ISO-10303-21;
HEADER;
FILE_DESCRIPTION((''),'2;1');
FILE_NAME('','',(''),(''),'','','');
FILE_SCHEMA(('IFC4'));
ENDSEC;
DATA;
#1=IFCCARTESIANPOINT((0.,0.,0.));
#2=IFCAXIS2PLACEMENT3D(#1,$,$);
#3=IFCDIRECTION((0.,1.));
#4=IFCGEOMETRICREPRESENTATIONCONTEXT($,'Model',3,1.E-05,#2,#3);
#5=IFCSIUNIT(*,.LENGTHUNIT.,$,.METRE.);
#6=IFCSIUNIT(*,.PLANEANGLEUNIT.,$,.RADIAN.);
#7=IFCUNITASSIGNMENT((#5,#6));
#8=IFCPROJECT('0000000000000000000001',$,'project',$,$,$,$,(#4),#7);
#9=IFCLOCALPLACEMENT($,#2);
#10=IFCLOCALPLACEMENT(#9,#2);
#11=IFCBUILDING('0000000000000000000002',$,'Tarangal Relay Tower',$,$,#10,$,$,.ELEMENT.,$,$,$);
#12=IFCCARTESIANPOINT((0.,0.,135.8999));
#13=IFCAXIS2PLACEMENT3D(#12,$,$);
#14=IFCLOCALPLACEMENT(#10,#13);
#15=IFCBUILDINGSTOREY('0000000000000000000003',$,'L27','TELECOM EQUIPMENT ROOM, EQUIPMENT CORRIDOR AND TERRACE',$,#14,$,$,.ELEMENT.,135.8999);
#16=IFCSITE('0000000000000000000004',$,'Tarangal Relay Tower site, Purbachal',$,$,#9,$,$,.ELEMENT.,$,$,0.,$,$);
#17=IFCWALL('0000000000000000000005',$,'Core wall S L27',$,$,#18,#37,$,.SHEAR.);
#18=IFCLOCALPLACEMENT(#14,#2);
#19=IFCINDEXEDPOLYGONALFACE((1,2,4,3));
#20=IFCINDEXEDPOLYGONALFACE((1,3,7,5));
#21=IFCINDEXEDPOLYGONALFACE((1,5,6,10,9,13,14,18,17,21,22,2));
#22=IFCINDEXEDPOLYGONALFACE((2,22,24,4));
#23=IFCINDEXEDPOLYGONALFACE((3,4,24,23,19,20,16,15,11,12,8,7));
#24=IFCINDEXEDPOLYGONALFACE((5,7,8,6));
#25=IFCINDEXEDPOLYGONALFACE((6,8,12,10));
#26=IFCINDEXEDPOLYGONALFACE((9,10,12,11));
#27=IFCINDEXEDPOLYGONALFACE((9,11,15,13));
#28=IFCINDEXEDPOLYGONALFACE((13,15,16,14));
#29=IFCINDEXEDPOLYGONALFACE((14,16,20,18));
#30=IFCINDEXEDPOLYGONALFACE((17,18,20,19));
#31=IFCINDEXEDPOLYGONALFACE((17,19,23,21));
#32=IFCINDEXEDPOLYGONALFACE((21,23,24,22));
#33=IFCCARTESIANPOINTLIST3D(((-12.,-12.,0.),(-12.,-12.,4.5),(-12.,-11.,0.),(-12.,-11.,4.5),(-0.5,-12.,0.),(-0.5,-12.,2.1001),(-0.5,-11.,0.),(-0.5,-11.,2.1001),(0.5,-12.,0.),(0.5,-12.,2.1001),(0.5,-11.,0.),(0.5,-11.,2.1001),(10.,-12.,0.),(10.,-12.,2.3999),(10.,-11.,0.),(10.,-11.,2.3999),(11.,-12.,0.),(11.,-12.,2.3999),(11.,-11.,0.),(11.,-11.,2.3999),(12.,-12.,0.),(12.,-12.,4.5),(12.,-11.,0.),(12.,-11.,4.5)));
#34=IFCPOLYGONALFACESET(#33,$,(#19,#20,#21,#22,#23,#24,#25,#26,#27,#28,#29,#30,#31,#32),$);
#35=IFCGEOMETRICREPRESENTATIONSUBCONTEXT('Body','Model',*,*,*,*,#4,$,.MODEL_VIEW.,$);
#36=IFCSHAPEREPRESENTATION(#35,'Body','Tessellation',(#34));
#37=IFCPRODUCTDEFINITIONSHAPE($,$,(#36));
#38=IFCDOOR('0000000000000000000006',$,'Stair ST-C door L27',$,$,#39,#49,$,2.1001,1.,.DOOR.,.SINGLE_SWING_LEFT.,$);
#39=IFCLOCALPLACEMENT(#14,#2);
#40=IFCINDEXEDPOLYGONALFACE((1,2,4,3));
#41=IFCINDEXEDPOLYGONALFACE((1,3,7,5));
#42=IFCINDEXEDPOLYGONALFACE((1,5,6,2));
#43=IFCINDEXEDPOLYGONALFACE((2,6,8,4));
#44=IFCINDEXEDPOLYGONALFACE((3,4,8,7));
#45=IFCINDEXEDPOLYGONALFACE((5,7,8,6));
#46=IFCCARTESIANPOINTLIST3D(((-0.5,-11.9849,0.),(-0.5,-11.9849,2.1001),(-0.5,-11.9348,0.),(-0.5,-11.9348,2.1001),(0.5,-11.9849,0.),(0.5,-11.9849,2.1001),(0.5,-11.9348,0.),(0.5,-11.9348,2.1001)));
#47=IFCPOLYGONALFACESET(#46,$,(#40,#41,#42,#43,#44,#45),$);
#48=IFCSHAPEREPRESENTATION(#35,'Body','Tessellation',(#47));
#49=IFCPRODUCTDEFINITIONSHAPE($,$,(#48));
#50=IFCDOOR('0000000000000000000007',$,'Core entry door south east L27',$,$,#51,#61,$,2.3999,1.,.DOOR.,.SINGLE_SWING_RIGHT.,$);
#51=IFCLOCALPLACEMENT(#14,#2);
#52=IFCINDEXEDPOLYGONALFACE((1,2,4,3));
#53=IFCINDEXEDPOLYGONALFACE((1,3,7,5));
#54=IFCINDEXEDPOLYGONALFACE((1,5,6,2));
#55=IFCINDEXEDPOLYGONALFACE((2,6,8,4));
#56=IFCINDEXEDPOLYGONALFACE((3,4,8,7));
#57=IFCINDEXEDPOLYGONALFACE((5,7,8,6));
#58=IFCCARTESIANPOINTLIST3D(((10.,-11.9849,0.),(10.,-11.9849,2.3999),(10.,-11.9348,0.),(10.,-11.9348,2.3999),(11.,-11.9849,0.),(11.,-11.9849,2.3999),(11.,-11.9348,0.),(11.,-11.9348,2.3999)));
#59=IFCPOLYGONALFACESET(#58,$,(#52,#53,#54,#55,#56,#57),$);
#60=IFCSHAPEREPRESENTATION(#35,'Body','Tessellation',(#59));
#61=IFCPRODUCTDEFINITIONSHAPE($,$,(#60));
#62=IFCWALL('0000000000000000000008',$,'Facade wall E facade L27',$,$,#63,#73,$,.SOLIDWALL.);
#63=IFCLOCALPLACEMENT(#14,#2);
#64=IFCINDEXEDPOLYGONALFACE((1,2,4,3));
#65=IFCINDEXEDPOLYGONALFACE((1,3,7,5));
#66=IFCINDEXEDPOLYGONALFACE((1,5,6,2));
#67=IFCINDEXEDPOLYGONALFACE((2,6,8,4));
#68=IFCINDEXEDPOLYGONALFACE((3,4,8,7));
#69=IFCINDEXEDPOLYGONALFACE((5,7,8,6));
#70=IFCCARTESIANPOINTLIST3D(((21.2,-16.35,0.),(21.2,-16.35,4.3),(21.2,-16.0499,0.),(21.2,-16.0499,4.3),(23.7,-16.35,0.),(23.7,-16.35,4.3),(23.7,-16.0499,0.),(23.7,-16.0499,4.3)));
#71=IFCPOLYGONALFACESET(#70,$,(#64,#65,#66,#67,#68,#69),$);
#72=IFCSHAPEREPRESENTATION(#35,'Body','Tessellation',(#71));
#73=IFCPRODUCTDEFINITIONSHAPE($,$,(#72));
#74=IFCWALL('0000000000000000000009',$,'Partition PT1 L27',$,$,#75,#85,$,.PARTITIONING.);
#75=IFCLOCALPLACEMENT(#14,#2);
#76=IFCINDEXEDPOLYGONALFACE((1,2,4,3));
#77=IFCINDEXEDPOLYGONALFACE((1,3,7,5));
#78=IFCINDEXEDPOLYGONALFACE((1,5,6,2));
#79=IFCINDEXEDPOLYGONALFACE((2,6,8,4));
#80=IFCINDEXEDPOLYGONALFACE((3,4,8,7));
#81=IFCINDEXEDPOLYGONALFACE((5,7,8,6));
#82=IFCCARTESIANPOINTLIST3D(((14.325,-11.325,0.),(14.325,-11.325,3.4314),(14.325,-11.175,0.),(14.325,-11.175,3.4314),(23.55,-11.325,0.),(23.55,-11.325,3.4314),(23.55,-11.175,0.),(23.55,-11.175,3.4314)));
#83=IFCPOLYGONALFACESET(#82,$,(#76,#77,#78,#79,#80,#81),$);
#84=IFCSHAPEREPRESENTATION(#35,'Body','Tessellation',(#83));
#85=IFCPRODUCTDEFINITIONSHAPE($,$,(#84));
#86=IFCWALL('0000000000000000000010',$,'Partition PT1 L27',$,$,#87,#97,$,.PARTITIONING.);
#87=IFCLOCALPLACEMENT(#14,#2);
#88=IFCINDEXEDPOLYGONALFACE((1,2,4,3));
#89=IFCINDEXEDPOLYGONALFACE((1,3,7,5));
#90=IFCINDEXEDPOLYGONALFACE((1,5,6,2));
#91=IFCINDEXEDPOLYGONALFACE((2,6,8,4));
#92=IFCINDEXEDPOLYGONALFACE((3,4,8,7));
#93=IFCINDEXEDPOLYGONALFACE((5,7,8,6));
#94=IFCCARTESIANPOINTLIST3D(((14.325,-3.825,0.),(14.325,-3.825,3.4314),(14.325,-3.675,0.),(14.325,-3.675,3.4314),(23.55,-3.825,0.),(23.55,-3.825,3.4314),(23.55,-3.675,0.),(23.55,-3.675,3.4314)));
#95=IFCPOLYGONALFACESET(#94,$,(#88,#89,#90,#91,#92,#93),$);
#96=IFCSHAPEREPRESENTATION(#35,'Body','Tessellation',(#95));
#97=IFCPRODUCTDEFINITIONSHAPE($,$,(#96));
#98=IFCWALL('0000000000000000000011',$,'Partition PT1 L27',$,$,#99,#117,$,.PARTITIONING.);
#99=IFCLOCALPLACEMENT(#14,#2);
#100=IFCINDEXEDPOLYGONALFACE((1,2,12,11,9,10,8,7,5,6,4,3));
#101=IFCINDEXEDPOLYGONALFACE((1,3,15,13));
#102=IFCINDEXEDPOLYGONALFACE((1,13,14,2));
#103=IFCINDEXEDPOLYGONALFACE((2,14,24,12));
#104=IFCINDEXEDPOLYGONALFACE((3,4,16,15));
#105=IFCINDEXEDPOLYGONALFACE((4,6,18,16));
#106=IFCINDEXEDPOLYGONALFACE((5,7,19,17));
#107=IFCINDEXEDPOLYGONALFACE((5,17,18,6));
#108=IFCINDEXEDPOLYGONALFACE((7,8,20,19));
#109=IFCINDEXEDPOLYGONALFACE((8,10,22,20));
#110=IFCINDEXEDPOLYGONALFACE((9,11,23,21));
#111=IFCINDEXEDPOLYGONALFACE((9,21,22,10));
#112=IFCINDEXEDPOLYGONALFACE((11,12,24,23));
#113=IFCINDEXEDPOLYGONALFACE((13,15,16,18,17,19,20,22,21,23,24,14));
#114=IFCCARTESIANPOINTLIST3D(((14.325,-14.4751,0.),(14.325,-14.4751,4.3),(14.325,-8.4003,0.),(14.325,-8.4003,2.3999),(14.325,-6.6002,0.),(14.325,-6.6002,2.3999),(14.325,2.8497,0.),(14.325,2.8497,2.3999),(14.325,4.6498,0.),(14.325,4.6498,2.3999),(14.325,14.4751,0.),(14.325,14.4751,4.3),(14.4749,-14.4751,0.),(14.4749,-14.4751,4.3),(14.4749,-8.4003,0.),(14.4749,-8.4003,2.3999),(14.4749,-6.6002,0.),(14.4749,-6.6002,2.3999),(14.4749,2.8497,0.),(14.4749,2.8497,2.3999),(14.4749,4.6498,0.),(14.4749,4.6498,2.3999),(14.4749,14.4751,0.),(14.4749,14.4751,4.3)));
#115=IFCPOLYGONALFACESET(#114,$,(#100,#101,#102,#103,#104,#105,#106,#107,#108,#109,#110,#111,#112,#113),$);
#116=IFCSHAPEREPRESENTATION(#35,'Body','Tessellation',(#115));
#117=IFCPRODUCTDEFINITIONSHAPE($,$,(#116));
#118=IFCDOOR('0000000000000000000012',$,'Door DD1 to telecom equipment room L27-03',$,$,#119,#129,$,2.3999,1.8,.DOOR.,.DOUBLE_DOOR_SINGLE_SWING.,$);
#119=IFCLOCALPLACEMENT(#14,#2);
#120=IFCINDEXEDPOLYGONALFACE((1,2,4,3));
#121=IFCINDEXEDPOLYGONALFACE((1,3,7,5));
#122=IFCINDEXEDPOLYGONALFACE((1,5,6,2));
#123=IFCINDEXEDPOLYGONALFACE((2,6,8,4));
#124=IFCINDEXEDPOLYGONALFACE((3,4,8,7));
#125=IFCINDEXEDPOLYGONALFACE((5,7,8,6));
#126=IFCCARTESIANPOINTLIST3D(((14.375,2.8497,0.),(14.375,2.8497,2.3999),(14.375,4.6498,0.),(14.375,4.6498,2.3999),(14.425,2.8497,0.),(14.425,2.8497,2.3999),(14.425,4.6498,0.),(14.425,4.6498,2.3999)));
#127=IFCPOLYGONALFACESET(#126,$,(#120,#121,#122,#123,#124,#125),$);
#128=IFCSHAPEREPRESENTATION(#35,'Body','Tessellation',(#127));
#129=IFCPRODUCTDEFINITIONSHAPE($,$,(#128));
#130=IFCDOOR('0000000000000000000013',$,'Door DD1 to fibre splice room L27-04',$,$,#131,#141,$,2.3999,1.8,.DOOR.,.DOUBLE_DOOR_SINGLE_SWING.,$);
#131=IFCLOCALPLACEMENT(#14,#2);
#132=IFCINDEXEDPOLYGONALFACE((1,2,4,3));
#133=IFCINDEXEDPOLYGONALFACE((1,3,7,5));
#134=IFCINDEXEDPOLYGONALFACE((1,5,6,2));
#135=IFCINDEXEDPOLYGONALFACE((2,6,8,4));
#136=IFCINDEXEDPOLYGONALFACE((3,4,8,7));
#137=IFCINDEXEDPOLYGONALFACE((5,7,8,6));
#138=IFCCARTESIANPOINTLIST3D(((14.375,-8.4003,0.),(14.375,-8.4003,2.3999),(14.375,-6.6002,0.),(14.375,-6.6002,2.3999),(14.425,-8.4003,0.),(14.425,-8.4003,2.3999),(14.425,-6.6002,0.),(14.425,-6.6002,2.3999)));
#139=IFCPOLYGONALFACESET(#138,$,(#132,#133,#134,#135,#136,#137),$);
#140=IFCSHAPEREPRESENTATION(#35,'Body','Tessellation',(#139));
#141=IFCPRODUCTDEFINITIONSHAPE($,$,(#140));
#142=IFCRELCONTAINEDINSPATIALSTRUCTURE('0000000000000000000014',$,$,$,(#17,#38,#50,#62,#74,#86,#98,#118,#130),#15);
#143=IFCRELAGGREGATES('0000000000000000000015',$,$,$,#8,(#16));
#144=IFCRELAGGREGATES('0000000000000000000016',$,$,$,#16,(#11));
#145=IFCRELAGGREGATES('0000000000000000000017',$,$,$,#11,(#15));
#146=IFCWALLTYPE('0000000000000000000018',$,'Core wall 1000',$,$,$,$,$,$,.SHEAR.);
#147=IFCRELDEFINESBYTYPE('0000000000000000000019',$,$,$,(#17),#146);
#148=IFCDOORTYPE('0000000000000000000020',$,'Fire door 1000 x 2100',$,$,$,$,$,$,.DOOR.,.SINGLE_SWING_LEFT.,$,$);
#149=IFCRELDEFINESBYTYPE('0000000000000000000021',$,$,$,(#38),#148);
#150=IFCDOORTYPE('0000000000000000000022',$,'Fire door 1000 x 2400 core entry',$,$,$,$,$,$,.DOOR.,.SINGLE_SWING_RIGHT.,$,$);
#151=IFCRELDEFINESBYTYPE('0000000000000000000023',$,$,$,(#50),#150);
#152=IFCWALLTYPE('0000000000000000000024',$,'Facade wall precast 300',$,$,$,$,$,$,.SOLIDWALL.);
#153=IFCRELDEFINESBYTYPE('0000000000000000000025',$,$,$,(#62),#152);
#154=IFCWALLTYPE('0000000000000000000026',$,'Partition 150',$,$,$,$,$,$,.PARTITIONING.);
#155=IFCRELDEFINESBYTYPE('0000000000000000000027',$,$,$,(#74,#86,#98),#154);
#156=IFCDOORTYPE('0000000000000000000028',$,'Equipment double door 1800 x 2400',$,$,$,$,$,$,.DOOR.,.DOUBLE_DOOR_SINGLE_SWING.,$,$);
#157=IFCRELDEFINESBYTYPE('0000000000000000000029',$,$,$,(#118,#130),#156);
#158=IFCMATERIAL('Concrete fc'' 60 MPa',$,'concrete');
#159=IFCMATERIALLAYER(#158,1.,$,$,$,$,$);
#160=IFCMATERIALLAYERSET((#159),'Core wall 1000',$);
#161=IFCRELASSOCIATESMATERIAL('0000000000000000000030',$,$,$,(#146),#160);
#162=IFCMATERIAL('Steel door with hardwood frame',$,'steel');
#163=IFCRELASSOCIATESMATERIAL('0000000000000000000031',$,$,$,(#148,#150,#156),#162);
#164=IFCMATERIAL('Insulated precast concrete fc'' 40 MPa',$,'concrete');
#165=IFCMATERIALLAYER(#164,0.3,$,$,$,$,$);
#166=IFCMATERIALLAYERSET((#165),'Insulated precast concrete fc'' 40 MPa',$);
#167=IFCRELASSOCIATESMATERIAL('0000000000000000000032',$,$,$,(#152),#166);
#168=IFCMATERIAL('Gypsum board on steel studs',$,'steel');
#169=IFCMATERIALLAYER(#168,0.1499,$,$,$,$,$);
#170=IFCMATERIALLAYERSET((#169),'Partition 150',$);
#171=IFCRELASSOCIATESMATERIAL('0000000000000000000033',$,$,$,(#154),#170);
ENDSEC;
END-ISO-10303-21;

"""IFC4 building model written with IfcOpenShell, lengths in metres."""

from ifc_helpers import new_model, si_unit, direction, frame, frame_2d, origin, place, context, subcontext, project, spatial, rectangle, extrude, material, layer, layer_set, type_object, element, fill, save


model = new_model("IFC4")

# Units and contexts
model_context = context("Model", 3, precision=1e-05, world=origin(), true_north=direction((0.0, 1.0)))
body_context = subcontext(model_context, "Body", "Model", "MODEL_VIEW")
ifc_project = project(units=[si_unit("LENGTHUNIT", "METRE"), si_unit("PLANEANGLEUNIT", "RADIAN")], contexts=[model_context])

# Site, building, storey
site_placement = place(None, origin())
site = spatial("IfcSite", under=ifc_project, at=site_placement, Name="Tarangal Relay Tower site, Purbachal", CompositionType="ELEMENT", RefElevation=0.0)
building_placement = place(site_placement, origin())
building = spatial("IfcBuilding", under=site, at=building_placement, Name="Tarangal Relay Tower", CompositionType="ELEMENT")
storey_placement = place(building_placement, frame((0.0, 0.0, 135.8999)))
storey = spatial("IfcBuildingStorey", under=building, at=storey_placement, Name="L27", Description="TELECOM EQUIPMENT ROOM, EQUIPMENT CORRIDOR AND TERRACE", CompositionType="ELEMENT", Elevation=135.8999)

# Wall, openings, doors
ifc_material_1 = material(Name="Concrete fc' 60 MPa", Category="concrete")
ifc_layer_1 = layer(ifc_material_1, 1.0)
ifc_layer_set_1 = layer_set([ifc_layer_1], Name="Core wall 1000")
wall_type_1 = type_object("IfcWallType", Name="Core wall 1000", PredefinedType="SHEAR", material=ifc_layer_set_1)
wall_1_placement = place(storey_placement, frame((12.0, -11.5, 0.0), z_axis=(0.0, 0.0, 1.0), x_axis=(-1.0, 0.0, 0.0)))
wall_1 = element("IfcWall", 1, at=wall_1_placement, inside=storey, type_object=wall_type_1, Name="Core wall S L27", PredefinedType="SHEAR", context=body_context, shape_type="SweptSolid", body=[
    extrude(rectangle(XDim=24.0, YDim=1.0, at=frame_2d((12.0, 0.0))), origin(), (0.0, 0.0, 1.0), 4.5),
])
opening_1_placement = place(wall_1_placement, frame((11.5, 0.0, 0.0)))
opening_1 = element("IfcOpeningElement", 2, at=opening_1_placement, cuts=wall_1, PredefinedType="OPENING", context=body_context, shape_type="SweptSolid", body=[
    extrude(rectangle(XDim=1.0, YDim=2.1001, at=frame_2d((0.5, 1.05))), frame((0.0, 0.51, 0.0), z_axis=(0.0, -1.0, 0.0), x_axis=(1.0, 0.0, 0.0)), (0.0, 0.0, 1.0), 1.02),
])
opening_2_placement = place(wall_1_placement, frame((1.0, 0.0, 0.0)))
opening_2 = element("IfcOpeningElement", 3, at=opening_2_placement, cuts=wall_1, PredefinedType="OPENING", context=body_context, shape_type="SweptSolid", body=[
    extrude(rectangle(XDim=1.0, YDim=2.3999, at=frame_2d((0.5, 1.2))), frame((0.0, 0.51, 0.0), z_axis=(0.0, -1.0, 0.0), x_axis=(1.0, 0.0, 0.0)), (0.0, 0.0, 1.0), 1.02),
])
ifc_material_2 = material(Name="Steel door with hardwood frame", Category="steel")
door_type_1 = type_object("IfcDoorType", Name="Fire door 1000 x 2100", OperationType="SINGLE_SWING_LEFT", PredefinedType="DOOR", material=ifc_material_2)
door_1_placement = place(opening_1_placement, origin())
door_1 = element("IfcDoor", 4, at=door_1_placement, inside=storey, type_object=door_type_1, Name="Stair ST-C door L27", OperationType="SINGLE_SWING_LEFT", OverallHeight=2.1001, OverallWidth=1.0, PredefinedType="DOOR", context=body_context, shape_type="SweptSolid", body=[
    extrude(rectangle(XDim=1.0, YDim=2.1001, at=frame_2d((0.5, 1.05))), frame((0.0, 0.4849, 0.0), z_axis=(0.0, -1.0, 0.0), x_axis=(1.0, 0.0, 0.0)), (0.0, 0.0, 1.0), 0.05),
])
fill(opening_1, door_1)
door_type_2 = type_object("IfcDoorType", Name="Fire door 1000 x 2400 core entry", OperationType="SINGLE_SWING_RIGHT", PredefinedType="DOOR", material=ifc_material_2)
door_2_placement = place(opening_2_placement, origin())
door_2 = element("IfcDoor", 5, at=door_2_placement, inside=storey, type_object=door_type_2, Name="Core entry door south east L27", OperationType="SINGLE_SWING_RIGHT", OverallHeight=2.3999, OverallWidth=1.0, PredefinedType="DOOR", context=body_context, shape_type="SweptSolid", body=[
    extrude(rectangle(XDim=1.0, YDim=2.3999, at=frame_2d((0.5, 1.2))), frame((0.0, 0.4849, 0.0), z_axis=(0.0, -1.0, 0.0), x_axis=(1.0, 0.0, 0.0)), (0.0, 0.0, 1.0), 0.05),
])
fill(opening_2, door_2)

# Walls
ifc_material_3 = material(Name="Insulated precast concrete fc' 40 MPa", Category="concrete")
ifc_layer_2 = layer(ifc_material_3, 0.3)
ifc_layer_set_2 = layer_set([ifc_layer_2], Name="Insulated precast concrete fc' 40 MPa")
wall_type_2 = type_object("IfcWallType", Name="Facade wall precast 300", PredefinedType="SOLIDWALL", material=ifc_layer_set_2)
wall_2_placement = place(storey_placement, frame((23.7, -16.2, 0.0), z_axis=(0.0, 0.0, 1.0), x_axis=(-1.0, 0.0, 0.0)))
element("IfcWall", 6, at=wall_2_placement, inside=storey, type_object=wall_type_2, Name="Facade wall E facade L27", PredefinedType="SOLIDWALL", context=body_context, shape_type="SweptSolid", body=[
    extrude(rectangle(XDim=2.5, YDim=0.3, at=frame_2d((1.25, 0.0))), origin(), (0.0, 0.0, 1.0), 4.3),
])
ifc_material_4 = material(Name="Gypsum board on steel studs", Category="steel")
ifc_layer_3 = layer(ifc_material_4, 0.1499)
ifc_layer_set_3 = layer_set([ifc_layer_3], Name="Partition 150")
wall_type_3 = type_object("IfcWallType", Name="Partition 150", PredefinedType="PARTITIONING", material=ifc_layer_set_3)
for number, where, z_axis, x_axis, name in (
    (7, (14.325, -11.25, 0.0), (0.0, 0.0, 1.0), (1.0, 0.0, 0.0), "Partition PT1 L27"),
    (8, (14.325, -3.75, 0.0), (0.0, 0.0, 1.0), (1.0, 0.0, 0.0), "Partition PT1 L27"),
):
    element("IfcWall", number, at=place(storey_placement, frame(where, z_axis=z_axis, x_axis=x_axis)), inside=storey, type_object=wall_type_3, Name=name, PredefinedType="PARTITIONING", context=body_context, shape_type="SweptSolid", body=[
        extrude(rectangle(XDim=9.2251, YDim=0.1499, at=frame_2d((4.6125, 0.0))), origin(), (0.0, 0.0, 1.0), 3.4314),
    ])

# Wall, openings, doors
wall_3_placement = place(storey_placement, frame((14.3999, -14.4751, 0.0), z_axis=(0.0, 0.0, 1.0), x_axis=(0.0, 1.0, 0.0)))
wall_3 = element("IfcWall", 9, at=wall_3_placement, inside=storey, type_object=wall_type_3, Name="Partition PT1 L27", PredefinedType="PARTITIONING", context=body_context, shape_type="SweptSolid", body=[
    extrude(rectangle(XDim=28.9502, YDim=0.1499, at=frame_2d((14.4751, 0.0))), origin(), (0.0, 0.0, 1.0), 4.3),
])
opening_3_placement = place(wall_3_placement, frame((17.325, 0.0, 0.0)))
opening_3 = element("IfcOpeningElement", 10, at=opening_3_placement, cuts=wall_3, PredefinedType="OPENING", context=body_context, shape_type="SweptSolid", body=[
    extrude(rectangle(XDim=1.8, YDim=2.3999, at=frame_2d((0.8999, 1.2))), frame((0.0, 0.085, 0.0), z_axis=(0.0, -1.0, 0.0), x_axis=(1.0, 0.0, 0.0)), (0.0, 0.0, 1.0), 0.1699),
])
opening_4_placement = place(wall_3_placement, frame((6.075, 0.0, 0.0)))
opening_4 = element("IfcOpeningElement", 11, at=opening_4_placement, cuts=wall_3, PredefinedType="OPENING", context=body_context, shape_type="SweptSolid", body=[
    extrude(rectangle(XDim=1.8, YDim=2.3999, at=frame_2d((0.8999, 1.2))), frame((0.0, 0.085, 0.0), z_axis=(0.0, -1.0, 0.0), x_axis=(1.0, 0.0, 0.0)), (0.0, 0.0, 1.0), 0.1699),
])
door_type_3 = type_object("IfcDoorType", Name="Equipment double door 1800 x 2400", OperationType="DOUBLE_DOOR_SINGLE_SWING", PredefinedType="DOOR", material=ifc_material_2)
door_3_placement = place(opening_3_placement, origin())
door_3 = element("IfcDoor", 12, at=door_3_placement, inside=storey, type_object=door_type_3, Name="Door DD1 to telecom equipment room L27-03", OperationType="DOUBLE_DOOR_SINGLE_SWING", OverallHeight=2.3999, OverallWidth=1.8, PredefinedType="DOOR", context=body_context, shape_type="SweptSolid", body=[
    extrude(rectangle(XDim=1.8, YDim=2.3999, at=frame_2d((0.8999, 1.2))), frame((0.0, 0.0249, 0.0), z_axis=(0.0, -1.0, 0.0), x_axis=(1.0, 0.0, 0.0)), (0.0, 0.0, 1.0), 0.05),
])
fill(opening_3, door_3)
door_4_placement = place(opening_4_placement, origin())
door_4 = element("IfcDoor", 13, at=door_4_placement, inside=storey, type_object=door_type_3, Name="Door DD1 to fibre splice room L27-04", OperationType="DOUBLE_DOOR_SINGLE_SWING", OverallHeight=2.3999, OverallWidth=1.8, PredefinedType="DOOR", context=body_context, shape_type="SweptSolid", body=[
    extrude(rectangle(XDim=1.8, YDim=2.3999, at=frame_2d((0.8999, 1.2))), frame((0.0, 0.0249, 0.0), z_axis=(0.0, -1.0, 0.0), x_axis=(1.0, 0.0, 0.0)), (0.0, 0.0, 1.0), 0.05),
])
fill(opening_4, door_4)

save(model, "model.ifc")
